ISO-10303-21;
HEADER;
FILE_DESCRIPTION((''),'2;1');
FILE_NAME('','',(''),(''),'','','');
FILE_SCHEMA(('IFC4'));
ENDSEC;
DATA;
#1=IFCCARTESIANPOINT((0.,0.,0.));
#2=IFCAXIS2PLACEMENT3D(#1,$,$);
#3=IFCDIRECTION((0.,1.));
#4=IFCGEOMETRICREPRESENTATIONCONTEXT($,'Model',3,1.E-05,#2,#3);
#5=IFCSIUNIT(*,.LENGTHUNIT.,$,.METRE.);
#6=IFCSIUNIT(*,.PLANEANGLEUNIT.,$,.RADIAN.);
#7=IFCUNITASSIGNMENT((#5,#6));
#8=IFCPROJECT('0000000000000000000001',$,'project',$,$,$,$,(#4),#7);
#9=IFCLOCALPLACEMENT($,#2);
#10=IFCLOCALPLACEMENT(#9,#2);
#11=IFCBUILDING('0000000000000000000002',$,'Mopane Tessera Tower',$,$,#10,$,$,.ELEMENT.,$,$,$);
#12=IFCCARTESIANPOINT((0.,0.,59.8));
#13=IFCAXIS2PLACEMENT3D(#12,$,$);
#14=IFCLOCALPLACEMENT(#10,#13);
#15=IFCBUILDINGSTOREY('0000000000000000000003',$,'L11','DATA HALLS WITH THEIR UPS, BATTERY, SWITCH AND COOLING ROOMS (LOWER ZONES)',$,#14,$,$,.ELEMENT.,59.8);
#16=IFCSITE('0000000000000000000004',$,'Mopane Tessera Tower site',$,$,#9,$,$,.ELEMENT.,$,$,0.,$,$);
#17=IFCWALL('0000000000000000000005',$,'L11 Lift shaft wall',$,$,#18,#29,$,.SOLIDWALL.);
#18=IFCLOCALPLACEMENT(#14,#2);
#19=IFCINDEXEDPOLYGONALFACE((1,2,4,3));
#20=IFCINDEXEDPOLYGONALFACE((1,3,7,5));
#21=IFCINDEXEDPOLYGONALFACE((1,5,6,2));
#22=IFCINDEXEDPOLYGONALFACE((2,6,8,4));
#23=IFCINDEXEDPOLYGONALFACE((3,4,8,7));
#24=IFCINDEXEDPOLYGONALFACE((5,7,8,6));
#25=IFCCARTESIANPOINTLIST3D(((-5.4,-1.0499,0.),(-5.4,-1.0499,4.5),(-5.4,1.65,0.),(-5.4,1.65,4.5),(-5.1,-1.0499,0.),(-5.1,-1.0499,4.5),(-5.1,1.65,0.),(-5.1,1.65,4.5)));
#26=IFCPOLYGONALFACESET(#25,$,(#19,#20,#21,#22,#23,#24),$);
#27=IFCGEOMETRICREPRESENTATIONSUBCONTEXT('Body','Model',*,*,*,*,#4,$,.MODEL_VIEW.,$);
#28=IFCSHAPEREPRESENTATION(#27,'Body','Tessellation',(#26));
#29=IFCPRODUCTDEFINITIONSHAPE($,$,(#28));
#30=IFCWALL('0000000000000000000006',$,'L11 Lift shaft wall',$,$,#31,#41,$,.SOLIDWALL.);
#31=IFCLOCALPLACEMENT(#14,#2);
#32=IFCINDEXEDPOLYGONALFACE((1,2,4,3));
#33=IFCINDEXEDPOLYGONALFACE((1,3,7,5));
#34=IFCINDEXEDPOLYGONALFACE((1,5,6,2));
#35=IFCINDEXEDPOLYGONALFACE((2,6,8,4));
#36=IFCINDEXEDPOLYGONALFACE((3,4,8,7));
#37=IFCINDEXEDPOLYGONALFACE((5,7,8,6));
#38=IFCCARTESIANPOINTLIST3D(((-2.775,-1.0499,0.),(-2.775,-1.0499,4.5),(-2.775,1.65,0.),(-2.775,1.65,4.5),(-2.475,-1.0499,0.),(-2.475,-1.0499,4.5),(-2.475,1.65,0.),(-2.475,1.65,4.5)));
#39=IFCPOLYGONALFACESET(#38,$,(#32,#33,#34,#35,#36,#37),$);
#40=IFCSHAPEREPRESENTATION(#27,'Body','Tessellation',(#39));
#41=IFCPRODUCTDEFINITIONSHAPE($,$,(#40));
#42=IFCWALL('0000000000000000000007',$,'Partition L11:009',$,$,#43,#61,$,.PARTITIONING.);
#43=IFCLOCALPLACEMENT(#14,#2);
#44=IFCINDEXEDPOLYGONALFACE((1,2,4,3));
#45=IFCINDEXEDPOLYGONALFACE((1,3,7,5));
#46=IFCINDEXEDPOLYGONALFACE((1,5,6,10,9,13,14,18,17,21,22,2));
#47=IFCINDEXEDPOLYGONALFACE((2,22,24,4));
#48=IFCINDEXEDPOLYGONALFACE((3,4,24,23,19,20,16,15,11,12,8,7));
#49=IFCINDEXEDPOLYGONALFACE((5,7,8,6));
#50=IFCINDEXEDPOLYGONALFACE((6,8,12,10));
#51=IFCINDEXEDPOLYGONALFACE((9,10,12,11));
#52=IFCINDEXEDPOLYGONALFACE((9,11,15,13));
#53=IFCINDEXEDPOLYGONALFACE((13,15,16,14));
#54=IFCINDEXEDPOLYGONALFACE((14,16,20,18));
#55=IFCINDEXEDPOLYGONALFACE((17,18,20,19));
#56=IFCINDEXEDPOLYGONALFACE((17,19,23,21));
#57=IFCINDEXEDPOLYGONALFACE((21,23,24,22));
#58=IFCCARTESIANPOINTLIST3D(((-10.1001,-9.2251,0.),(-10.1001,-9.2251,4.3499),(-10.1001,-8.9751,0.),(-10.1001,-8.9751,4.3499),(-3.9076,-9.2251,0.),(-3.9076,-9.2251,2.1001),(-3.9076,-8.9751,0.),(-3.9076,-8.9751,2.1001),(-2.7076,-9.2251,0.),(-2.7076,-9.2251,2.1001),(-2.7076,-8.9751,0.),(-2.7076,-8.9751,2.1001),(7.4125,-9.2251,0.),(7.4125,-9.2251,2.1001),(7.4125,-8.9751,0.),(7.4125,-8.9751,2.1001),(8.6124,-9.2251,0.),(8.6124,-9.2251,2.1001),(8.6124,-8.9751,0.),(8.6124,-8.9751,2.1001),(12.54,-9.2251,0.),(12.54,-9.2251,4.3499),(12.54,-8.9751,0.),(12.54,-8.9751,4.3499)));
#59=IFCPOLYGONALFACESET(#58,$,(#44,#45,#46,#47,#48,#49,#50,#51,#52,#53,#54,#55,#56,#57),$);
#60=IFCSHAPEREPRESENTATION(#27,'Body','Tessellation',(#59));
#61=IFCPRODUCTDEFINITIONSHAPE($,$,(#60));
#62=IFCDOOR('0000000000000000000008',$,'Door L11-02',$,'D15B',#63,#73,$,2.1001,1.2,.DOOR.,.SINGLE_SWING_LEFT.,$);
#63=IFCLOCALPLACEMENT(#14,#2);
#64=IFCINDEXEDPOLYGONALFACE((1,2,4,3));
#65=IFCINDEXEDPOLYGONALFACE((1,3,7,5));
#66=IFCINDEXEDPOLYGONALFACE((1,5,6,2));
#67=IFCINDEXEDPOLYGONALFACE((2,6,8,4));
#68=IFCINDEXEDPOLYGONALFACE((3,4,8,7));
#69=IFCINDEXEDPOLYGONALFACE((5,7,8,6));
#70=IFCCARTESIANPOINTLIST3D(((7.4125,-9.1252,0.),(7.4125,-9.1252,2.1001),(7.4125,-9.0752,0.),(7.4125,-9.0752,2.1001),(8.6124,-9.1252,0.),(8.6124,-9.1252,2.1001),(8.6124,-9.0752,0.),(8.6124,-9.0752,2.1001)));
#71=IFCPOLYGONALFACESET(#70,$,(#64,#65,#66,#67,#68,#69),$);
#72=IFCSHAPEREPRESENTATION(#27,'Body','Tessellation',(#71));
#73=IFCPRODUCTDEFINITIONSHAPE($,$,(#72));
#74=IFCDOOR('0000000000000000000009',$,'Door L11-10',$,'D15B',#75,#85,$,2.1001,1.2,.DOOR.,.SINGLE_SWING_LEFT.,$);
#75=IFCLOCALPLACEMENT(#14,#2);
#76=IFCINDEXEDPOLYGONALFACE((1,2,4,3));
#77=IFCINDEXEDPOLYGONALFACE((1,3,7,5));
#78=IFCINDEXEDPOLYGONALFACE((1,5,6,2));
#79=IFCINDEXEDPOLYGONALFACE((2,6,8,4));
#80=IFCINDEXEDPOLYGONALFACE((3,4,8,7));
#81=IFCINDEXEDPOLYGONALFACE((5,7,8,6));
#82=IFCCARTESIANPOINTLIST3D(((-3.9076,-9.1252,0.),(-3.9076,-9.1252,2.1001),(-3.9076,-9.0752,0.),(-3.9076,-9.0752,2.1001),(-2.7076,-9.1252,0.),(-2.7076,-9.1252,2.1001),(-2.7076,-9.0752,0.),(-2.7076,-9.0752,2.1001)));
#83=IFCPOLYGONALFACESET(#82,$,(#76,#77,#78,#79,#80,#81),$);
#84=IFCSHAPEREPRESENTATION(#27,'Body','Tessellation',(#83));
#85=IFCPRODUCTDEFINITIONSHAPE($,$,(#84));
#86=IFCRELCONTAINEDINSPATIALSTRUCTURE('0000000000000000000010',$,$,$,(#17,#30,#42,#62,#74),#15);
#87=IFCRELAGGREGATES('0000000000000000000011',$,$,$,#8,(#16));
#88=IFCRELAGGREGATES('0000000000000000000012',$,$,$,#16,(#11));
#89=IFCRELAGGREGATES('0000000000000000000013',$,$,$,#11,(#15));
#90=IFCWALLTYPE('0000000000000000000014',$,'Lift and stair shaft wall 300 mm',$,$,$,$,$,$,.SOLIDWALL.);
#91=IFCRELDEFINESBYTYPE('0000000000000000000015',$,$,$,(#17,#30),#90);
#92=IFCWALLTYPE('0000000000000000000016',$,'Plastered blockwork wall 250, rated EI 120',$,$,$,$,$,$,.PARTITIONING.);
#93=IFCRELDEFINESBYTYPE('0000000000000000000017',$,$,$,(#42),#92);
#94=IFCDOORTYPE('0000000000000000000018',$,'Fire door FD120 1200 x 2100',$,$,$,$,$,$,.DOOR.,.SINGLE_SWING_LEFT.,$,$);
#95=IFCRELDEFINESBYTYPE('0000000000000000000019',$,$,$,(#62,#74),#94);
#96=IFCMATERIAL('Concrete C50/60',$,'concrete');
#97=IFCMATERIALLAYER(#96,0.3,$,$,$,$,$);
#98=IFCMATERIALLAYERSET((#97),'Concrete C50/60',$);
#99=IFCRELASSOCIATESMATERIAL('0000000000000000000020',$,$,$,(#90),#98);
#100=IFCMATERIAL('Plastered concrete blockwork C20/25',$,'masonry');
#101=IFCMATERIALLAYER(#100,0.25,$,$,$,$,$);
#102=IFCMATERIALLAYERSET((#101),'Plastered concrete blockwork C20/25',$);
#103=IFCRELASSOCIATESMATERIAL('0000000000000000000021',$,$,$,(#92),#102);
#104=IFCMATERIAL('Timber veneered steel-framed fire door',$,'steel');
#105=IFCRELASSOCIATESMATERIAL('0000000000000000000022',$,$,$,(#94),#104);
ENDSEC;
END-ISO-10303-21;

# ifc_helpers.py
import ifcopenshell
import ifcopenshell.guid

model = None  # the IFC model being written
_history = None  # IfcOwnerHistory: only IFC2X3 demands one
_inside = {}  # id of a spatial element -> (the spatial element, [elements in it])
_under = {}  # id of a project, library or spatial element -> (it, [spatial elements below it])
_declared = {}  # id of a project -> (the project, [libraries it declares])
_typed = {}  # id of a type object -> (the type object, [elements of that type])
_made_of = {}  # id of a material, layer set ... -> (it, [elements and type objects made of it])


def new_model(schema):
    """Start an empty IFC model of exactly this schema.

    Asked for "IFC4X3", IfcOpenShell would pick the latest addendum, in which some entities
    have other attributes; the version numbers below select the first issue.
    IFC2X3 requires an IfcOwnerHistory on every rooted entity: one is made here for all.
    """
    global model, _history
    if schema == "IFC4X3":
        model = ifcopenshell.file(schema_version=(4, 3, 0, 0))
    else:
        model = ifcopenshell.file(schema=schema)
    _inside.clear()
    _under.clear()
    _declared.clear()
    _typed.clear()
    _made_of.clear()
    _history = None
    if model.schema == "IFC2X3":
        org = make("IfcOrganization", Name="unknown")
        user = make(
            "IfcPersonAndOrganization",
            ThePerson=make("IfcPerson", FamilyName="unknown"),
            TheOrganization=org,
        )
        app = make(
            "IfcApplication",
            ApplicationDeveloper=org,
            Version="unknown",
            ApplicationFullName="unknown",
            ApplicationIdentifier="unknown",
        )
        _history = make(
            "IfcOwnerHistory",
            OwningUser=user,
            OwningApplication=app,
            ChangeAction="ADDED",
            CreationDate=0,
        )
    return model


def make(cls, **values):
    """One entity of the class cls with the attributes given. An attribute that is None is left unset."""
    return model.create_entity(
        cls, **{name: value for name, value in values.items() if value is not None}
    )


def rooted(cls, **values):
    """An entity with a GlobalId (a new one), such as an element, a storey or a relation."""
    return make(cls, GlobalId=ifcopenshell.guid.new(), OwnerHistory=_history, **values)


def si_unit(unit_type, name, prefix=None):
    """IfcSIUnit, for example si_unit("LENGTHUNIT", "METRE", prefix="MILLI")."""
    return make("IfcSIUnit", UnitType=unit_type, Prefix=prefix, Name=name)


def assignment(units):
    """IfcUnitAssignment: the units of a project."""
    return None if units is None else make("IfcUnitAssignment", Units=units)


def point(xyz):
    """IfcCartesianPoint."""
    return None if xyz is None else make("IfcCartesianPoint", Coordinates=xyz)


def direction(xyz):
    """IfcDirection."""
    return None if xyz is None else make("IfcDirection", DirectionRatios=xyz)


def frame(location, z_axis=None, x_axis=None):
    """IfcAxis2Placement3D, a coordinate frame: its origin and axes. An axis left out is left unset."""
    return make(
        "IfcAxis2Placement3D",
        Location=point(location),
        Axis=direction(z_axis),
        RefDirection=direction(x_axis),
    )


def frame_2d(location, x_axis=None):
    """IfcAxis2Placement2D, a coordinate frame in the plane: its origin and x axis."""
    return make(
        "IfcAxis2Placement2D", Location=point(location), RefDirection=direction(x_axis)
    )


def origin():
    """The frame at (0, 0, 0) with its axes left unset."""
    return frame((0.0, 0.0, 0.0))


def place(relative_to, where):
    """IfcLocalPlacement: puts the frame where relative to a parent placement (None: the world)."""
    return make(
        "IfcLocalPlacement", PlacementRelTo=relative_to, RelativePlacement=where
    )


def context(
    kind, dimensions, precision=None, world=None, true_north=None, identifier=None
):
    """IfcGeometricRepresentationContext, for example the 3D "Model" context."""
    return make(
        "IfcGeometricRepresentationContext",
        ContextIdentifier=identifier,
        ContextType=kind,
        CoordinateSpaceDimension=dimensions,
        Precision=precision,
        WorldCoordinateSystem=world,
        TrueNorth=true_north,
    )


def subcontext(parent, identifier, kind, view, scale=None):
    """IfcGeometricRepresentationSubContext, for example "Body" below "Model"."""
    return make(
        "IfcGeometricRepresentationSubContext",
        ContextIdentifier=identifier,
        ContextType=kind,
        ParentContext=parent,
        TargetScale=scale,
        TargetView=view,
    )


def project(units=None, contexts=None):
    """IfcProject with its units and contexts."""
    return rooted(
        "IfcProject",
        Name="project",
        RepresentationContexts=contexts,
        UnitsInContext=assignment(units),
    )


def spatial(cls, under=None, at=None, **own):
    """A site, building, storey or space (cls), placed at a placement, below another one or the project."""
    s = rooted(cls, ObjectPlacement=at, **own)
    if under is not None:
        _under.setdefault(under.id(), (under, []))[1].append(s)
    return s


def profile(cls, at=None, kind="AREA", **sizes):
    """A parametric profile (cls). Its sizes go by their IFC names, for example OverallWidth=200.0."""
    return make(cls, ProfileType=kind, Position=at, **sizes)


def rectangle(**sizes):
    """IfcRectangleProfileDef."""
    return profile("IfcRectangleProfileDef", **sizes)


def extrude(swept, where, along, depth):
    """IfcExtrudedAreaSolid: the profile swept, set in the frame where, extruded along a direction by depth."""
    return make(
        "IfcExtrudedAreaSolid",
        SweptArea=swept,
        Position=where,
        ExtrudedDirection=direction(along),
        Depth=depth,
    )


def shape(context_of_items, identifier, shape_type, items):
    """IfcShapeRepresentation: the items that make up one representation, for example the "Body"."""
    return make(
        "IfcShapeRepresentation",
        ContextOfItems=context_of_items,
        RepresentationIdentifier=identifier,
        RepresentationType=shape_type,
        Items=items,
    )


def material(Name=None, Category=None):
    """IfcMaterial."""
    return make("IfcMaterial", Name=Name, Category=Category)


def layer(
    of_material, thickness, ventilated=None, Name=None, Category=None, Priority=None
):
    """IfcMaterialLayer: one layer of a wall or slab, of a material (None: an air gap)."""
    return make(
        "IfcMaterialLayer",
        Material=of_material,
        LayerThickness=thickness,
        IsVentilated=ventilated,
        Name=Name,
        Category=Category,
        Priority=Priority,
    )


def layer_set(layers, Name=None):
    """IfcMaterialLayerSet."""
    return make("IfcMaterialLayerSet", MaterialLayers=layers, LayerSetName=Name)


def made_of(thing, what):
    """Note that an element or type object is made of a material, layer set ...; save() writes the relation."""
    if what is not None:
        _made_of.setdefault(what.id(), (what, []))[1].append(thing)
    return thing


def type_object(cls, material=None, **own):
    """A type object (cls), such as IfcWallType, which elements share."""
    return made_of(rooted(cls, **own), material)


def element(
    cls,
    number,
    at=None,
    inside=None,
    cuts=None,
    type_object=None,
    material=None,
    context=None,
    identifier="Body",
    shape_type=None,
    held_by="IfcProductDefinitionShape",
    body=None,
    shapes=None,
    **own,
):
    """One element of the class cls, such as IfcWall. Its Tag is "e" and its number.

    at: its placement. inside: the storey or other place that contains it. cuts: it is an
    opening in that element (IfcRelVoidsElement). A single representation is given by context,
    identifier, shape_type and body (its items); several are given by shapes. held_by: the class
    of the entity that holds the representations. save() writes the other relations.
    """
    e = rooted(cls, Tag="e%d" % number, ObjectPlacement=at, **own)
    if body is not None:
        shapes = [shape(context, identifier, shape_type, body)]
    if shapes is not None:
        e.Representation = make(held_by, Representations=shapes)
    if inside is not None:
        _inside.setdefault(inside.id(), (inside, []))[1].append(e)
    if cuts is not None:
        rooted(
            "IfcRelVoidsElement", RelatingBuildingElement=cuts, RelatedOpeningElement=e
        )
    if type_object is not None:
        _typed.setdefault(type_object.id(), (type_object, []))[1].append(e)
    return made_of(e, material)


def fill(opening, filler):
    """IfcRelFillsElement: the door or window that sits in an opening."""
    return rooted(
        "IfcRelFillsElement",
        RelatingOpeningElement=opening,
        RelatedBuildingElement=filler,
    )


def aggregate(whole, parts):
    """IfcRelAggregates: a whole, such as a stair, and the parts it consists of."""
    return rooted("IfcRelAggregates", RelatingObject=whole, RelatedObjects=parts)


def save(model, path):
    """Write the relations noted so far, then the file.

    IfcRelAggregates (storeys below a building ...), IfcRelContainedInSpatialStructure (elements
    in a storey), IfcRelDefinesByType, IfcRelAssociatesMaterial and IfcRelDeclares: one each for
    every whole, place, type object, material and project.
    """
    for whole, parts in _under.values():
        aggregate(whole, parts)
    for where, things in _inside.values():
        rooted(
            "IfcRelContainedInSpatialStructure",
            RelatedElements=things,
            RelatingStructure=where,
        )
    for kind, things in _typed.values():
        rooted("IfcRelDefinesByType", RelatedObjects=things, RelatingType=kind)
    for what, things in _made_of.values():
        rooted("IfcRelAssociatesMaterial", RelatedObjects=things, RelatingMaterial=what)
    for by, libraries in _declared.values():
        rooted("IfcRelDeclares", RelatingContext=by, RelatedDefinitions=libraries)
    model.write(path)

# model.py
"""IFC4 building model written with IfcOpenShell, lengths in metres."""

from ifc_helpers import new_model, si_unit, direction, frame, frame_2d, origin, place, context, subcontext, project, spatial, rectangle, extrude, material, layer, layer_set, type_object, element, fill, save


model = new_model("IFC4")

# Units and contexts
model_context = context("Model", 3, precision=1e-05, world=origin(), true_north=direction((0.0, 1.0)))
body_context = subcontext(model_context, "Body", "Model", "MODEL_VIEW")
ifc_project = project(units=[si_unit("LENGTHUNIT", "METRE"), si_unit("PLANEANGLEUNIT", "RADIAN")], contexts=[model_context])

# Site, building, storey
site_placement = place(None, origin())
site = spatial("IfcSite", under=ifc_project, at=site_placement, Name="Mopane Tessera Tower site", CompositionType="ELEMENT", RefElevation=0.0)
building_placement = place(site_placement, origin())
building = spatial("IfcBuilding", under=site, at=building_placement, Name="Mopane Tessera Tower", CompositionType="ELEMENT")
storey_placement = place(building_placement, frame((0.0, 0.0, 59.8)))
storey = spatial("IfcBuildingStorey", under=building, at=storey_placement, Name="L11", Description="DATA HALLS WITH THEIR UPS, BATTERY, SWITCH AND COOLING ROOMS (LOWER ZONES)", CompositionType="ELEMENT", Elevation=59.8)

# Walls
ifc_material_1 = material(Name="Concrete C50/60", Category="concrete")
ifc_layer_1 = layer(ifc_material_1, 0.3)
ifc_layer_set_1 = layer_set([ifc_layer_1], Name="Concrete C50/60")
wall_type_1 = type_object("IfcWallType", Name="Lift and stair shaft wall 300 mm", PredefinedType="SOLIDWALL", material=ifc_layer_set_1)
for number, where, z_axis, x_axis, name in (
    (1, (-5.25, -1.05, 0.0), (0.0, 0.0, 1.0), (0.0, 1.0, 0.0), "L11 Lift shaft wall"),
    (2, (-2.625, -1.05, 0.0), (0.0, 0.0, 1.0), (0.0, 1.0, 0.0), "L11 Lift shaft wall"),
):
    element("IfcWall", number, at=place(storey_placement, frame(where, z_axis=z_axis, x_axis=x_axis)), inside=storey, type_object=wall_type_1, Name=name, PredefinedType="SOLIDWALL", context=body_context, shape_type="SweptSolid", body=[
        extrude(rectangle(XDim=2.7, YDim=0.3, at=frame_2d((1.3501, 0.0))), origin(), (0.0, 0.0, 1.0), 4.5),
    ])

# Wall, openings, doors
ifc_material_2 = material(Name="Plastered concrete blockwork C20/25", Category="masonry")
ifc_layer_2 = layer(ifc_material_2, 0.25)
ifc_layer_set_2 = layer_set([ifc_layer_2], Name="Plastered concrete blockwork C20/25")
wall_type_2 = type_object("IfcWallType", Name="Plastered blockwork wall 250, rated EI 120", PredefinedType="PARTITIONING", material=ifc_layer_set_2)
wall_1_placement = place(storey_placement, frame((-10.1001, -9.1001, 0.0), z_axis=(0.0, 0.0, 1.0), x_axis=(1.0, 0.0, 0.0)))
wall_1 = element("IfcWall", 3, at=wall_1_placement, inside=storey, type_object=wall_type_2, Name="Partition L11:009", PredefinedType="PARTITIONING", context=body_context, shape_type="SweptSolid", body=[
    extrude(rectangle(XDim=22.6401, YDim=0.25, at=frame_2d((11.3201, 0.0))), origin(), (0.0, 0.0, 1.0), 4.3499),
])
opening_1_placement = place(wall_1_placement, frame((17.5125, 0.0, 0.0)))
opening_1 = element("IfcOpeningElement", 4, at=opening_1_placement, cuts=wall_1, PredefinedType="OPENING", context=body_context, shape_type="SweptSolid", body=[
    extrude(rectangle(XDim=1.2, YDim=2.1001, at=frame_2d((0.6001, 1.05))), frame((0.0, 0.137, 0.0), z_axis=(0.0, -1.0, 0.0), x_axis=(1.0, 0.0, 0.0)), (0.0, 0.0, 1.0), 0.2739),
])
opening_2_placement = place(wall_1_placement, frame((6.1924, 0.0, 0.0)))
opening_2 = element("IfcOpeningElement", 5, at=opening_2_placement, cuts=wall_1, PredefinedType="OPENING", context=body_context, shape_type="SweptSolid", body=[
    extrude(rectangle(XDim=1.2, YDim=2.1001, at=frame_2d((0.6001, 1.05))), frame((0.0, 0.137, 0.0), z_axis=(0.0, -1.0, 0.0), x_axis=(1.0, 0.0, 0.0)), (0.0, 0.0, 1.0), 0.2739),
])
ifc_material_3 = material(Name="Timber veneered steel-framed fire door", Category="steel")
door_type_1 = type_object("IfcDoorType", Name="Fire door FD120 1200 x 2100", OperationType="SINGLE_SWING_LEFT", PredefinedType="DOOR", material=ifc_material_3)
door_1_placement = place(opening_1_placement, origin())
door_1 = element("IfcDoor", 6, at=door_1_placement, inside=storey, type_object=door_type_1, Name="Door L11-02", ObjectType="D15B", OperationType="SINGLE_SWING_LEFT", OverallHeight=2.1001, OverallWidth=1.2, PredefinedType="DOOR", context=body_context, shape_type="SweptSolid", body=[
    extrude(rectangle(XDim=1.2, YDim=2.1001, at=frame_2d((0.6001, 1.05))), frame((0.0, 0.0249, 0.0), z_axis=(0.0, -1.0, 0.0), x_axis=(1.0, 0.0, 0.0)), (0.0, 0.0, 1.0), 0.05),
])
fill(opening_1, door_1)
door_2_placement = place(opening_2_placement, origin())
door_2 = element("IfcDoor", 7, at=door_2_placement, inside=storey, type_object=door_type_1, Name="Door L11-10", ObjectType="D15B", OperationType="SINGLE_SWING_LEFT", OverallHeight=2.1001, OverallWidth=1.2, PredefinedType="DOOR", context=body_context, shape_type="SweptSolid", body=[
    extrude(rectangle(XDim=1.2, YDim=2.1001, at=frame_2d((0.6001, 1.05))), frame((0.0, 0.0249, 0.0), z_axis=(0.0, -1.0, 0.0), x_axis=(1.0, 0.0, 0.0)), (0.0, 0.0, 1.0), 0.05),
])
fill(opening_2, door_2)

save(model, "model.ifc")
